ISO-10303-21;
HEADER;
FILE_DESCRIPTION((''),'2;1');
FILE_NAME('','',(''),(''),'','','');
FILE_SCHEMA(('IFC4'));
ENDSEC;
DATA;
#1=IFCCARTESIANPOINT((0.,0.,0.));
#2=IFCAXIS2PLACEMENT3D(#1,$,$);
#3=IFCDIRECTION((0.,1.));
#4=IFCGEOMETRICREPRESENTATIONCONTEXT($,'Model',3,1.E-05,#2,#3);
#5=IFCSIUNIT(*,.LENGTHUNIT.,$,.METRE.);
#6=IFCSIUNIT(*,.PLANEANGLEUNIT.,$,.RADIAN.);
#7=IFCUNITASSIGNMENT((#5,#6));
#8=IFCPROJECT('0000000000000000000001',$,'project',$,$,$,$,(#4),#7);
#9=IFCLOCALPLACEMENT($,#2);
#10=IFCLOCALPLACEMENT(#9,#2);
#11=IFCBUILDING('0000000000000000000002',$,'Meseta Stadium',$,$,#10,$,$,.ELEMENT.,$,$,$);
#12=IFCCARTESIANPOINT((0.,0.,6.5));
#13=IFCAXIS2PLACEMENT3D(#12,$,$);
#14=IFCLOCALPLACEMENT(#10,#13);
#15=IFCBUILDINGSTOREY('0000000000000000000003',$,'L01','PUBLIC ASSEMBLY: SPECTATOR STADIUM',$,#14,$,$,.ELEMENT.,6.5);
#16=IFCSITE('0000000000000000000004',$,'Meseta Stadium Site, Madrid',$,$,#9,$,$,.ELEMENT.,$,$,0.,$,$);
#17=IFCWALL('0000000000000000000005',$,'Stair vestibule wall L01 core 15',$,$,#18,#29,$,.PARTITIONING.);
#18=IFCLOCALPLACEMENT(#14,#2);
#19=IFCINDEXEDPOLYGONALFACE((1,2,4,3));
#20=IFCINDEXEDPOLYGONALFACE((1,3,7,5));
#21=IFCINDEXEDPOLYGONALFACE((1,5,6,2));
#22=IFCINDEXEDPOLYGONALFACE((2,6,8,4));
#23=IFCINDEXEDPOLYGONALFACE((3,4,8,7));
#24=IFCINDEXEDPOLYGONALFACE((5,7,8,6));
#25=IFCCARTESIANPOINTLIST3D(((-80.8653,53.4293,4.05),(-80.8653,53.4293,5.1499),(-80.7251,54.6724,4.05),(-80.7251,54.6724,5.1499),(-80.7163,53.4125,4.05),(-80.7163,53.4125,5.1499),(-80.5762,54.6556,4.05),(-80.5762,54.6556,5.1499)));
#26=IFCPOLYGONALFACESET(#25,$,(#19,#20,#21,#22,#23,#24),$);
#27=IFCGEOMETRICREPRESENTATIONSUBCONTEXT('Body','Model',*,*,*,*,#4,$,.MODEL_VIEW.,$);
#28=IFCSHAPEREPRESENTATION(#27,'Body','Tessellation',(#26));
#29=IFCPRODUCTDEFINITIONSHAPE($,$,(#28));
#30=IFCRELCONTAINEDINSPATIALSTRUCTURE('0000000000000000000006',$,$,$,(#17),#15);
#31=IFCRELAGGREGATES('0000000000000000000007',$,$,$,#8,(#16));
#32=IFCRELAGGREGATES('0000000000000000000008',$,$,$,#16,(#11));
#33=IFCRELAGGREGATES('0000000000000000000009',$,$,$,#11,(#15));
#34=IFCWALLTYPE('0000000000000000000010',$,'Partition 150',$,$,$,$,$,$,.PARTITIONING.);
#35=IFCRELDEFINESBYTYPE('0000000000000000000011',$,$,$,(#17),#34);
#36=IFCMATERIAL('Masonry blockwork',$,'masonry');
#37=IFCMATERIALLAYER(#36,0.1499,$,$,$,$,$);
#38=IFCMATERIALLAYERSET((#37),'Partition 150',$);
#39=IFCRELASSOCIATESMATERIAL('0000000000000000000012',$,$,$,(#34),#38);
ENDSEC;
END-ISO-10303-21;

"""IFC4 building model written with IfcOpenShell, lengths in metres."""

from ifc_helpers import new_model, si_unit, direction, frame, frame_2d, origin, place, context, subcontext, project, spatial, rectangle, extrude, material, layer, layer_set, type_object, element, save


model = new_model("IFC4")

# Units and contexts
model_context = context("Model", 3, precision=1e-05, world=origin(), true_north=direction((0.0, 1.0)))
body_context = subcontext(model_context, "Body", "Model", "MODEL_VIEW")
ifc_project = project(units=[si_unit("LENGTHUNIT", "METRE"), si_unit("PLANEANGLEUNIT", "RADIAN")], contexts=[model_context])

# Site, building, storey
site_placement = place(None, origin())
site = spatial("IfcSite", under=ifc_project, at=site_placement, Name="Meseta Stadium Site, Madrid", CompositionType="ELEMENT", RefElevation=0.0)
building_placement = place(site_placement, origin())
building = spatial("IfcBuilding", under=site, at=building_placement, Name="Meseta Stadium", CompositionType="ELEMENT")
storey_placement = place(building_placement, frame((0.0, 0.0, 6.5)))
storey = spatial("IfcBuildingStorey", under=building, at=storey_placement, Name="L01", Description="PUBLIC ASSEMBLY: SPECTATOR STADIUM", CompositionType="ELEMENT", Elevation=6.5)

# Shared definitions
ifc_material_1 = material(Name="Masonry blockwork", Category="masonry")
ifc_layer_1 = layer(ifc_material_1, 0.1499)
ifc_layer_set_1 = layer_set([ifc_layer_1], Name="Partition 150")
wall_type = type_object("IfcWallType", Name="Partition 150", PredefinedType="PARTITIONING", material=ifc_layer_set_1)

# Wall
wall_1_placement = place(storey_placement, frame((-80.7908, 53.4209, 4.05), z_axis=(0.0, 0.0, 1.0), x_axis=(0.112016, 0.993706, 0.0)))
element("IfcWall", 1, at=wall_1_placement, inside=storey, type_object=wall_type, Name="Stair vestibule wall L01 core 15", PredefinedType="PARTITIONING", context=body_context, shape_type="SweptSolid", body=[
    extrude(rectangle(XDim=1.251, YDim=0.1499, at=frame_2d((0.6255, 0.0))), origin(), (0.0, 0.0, 1.0), 1.0999),
])

save(model, "model.ifc")
